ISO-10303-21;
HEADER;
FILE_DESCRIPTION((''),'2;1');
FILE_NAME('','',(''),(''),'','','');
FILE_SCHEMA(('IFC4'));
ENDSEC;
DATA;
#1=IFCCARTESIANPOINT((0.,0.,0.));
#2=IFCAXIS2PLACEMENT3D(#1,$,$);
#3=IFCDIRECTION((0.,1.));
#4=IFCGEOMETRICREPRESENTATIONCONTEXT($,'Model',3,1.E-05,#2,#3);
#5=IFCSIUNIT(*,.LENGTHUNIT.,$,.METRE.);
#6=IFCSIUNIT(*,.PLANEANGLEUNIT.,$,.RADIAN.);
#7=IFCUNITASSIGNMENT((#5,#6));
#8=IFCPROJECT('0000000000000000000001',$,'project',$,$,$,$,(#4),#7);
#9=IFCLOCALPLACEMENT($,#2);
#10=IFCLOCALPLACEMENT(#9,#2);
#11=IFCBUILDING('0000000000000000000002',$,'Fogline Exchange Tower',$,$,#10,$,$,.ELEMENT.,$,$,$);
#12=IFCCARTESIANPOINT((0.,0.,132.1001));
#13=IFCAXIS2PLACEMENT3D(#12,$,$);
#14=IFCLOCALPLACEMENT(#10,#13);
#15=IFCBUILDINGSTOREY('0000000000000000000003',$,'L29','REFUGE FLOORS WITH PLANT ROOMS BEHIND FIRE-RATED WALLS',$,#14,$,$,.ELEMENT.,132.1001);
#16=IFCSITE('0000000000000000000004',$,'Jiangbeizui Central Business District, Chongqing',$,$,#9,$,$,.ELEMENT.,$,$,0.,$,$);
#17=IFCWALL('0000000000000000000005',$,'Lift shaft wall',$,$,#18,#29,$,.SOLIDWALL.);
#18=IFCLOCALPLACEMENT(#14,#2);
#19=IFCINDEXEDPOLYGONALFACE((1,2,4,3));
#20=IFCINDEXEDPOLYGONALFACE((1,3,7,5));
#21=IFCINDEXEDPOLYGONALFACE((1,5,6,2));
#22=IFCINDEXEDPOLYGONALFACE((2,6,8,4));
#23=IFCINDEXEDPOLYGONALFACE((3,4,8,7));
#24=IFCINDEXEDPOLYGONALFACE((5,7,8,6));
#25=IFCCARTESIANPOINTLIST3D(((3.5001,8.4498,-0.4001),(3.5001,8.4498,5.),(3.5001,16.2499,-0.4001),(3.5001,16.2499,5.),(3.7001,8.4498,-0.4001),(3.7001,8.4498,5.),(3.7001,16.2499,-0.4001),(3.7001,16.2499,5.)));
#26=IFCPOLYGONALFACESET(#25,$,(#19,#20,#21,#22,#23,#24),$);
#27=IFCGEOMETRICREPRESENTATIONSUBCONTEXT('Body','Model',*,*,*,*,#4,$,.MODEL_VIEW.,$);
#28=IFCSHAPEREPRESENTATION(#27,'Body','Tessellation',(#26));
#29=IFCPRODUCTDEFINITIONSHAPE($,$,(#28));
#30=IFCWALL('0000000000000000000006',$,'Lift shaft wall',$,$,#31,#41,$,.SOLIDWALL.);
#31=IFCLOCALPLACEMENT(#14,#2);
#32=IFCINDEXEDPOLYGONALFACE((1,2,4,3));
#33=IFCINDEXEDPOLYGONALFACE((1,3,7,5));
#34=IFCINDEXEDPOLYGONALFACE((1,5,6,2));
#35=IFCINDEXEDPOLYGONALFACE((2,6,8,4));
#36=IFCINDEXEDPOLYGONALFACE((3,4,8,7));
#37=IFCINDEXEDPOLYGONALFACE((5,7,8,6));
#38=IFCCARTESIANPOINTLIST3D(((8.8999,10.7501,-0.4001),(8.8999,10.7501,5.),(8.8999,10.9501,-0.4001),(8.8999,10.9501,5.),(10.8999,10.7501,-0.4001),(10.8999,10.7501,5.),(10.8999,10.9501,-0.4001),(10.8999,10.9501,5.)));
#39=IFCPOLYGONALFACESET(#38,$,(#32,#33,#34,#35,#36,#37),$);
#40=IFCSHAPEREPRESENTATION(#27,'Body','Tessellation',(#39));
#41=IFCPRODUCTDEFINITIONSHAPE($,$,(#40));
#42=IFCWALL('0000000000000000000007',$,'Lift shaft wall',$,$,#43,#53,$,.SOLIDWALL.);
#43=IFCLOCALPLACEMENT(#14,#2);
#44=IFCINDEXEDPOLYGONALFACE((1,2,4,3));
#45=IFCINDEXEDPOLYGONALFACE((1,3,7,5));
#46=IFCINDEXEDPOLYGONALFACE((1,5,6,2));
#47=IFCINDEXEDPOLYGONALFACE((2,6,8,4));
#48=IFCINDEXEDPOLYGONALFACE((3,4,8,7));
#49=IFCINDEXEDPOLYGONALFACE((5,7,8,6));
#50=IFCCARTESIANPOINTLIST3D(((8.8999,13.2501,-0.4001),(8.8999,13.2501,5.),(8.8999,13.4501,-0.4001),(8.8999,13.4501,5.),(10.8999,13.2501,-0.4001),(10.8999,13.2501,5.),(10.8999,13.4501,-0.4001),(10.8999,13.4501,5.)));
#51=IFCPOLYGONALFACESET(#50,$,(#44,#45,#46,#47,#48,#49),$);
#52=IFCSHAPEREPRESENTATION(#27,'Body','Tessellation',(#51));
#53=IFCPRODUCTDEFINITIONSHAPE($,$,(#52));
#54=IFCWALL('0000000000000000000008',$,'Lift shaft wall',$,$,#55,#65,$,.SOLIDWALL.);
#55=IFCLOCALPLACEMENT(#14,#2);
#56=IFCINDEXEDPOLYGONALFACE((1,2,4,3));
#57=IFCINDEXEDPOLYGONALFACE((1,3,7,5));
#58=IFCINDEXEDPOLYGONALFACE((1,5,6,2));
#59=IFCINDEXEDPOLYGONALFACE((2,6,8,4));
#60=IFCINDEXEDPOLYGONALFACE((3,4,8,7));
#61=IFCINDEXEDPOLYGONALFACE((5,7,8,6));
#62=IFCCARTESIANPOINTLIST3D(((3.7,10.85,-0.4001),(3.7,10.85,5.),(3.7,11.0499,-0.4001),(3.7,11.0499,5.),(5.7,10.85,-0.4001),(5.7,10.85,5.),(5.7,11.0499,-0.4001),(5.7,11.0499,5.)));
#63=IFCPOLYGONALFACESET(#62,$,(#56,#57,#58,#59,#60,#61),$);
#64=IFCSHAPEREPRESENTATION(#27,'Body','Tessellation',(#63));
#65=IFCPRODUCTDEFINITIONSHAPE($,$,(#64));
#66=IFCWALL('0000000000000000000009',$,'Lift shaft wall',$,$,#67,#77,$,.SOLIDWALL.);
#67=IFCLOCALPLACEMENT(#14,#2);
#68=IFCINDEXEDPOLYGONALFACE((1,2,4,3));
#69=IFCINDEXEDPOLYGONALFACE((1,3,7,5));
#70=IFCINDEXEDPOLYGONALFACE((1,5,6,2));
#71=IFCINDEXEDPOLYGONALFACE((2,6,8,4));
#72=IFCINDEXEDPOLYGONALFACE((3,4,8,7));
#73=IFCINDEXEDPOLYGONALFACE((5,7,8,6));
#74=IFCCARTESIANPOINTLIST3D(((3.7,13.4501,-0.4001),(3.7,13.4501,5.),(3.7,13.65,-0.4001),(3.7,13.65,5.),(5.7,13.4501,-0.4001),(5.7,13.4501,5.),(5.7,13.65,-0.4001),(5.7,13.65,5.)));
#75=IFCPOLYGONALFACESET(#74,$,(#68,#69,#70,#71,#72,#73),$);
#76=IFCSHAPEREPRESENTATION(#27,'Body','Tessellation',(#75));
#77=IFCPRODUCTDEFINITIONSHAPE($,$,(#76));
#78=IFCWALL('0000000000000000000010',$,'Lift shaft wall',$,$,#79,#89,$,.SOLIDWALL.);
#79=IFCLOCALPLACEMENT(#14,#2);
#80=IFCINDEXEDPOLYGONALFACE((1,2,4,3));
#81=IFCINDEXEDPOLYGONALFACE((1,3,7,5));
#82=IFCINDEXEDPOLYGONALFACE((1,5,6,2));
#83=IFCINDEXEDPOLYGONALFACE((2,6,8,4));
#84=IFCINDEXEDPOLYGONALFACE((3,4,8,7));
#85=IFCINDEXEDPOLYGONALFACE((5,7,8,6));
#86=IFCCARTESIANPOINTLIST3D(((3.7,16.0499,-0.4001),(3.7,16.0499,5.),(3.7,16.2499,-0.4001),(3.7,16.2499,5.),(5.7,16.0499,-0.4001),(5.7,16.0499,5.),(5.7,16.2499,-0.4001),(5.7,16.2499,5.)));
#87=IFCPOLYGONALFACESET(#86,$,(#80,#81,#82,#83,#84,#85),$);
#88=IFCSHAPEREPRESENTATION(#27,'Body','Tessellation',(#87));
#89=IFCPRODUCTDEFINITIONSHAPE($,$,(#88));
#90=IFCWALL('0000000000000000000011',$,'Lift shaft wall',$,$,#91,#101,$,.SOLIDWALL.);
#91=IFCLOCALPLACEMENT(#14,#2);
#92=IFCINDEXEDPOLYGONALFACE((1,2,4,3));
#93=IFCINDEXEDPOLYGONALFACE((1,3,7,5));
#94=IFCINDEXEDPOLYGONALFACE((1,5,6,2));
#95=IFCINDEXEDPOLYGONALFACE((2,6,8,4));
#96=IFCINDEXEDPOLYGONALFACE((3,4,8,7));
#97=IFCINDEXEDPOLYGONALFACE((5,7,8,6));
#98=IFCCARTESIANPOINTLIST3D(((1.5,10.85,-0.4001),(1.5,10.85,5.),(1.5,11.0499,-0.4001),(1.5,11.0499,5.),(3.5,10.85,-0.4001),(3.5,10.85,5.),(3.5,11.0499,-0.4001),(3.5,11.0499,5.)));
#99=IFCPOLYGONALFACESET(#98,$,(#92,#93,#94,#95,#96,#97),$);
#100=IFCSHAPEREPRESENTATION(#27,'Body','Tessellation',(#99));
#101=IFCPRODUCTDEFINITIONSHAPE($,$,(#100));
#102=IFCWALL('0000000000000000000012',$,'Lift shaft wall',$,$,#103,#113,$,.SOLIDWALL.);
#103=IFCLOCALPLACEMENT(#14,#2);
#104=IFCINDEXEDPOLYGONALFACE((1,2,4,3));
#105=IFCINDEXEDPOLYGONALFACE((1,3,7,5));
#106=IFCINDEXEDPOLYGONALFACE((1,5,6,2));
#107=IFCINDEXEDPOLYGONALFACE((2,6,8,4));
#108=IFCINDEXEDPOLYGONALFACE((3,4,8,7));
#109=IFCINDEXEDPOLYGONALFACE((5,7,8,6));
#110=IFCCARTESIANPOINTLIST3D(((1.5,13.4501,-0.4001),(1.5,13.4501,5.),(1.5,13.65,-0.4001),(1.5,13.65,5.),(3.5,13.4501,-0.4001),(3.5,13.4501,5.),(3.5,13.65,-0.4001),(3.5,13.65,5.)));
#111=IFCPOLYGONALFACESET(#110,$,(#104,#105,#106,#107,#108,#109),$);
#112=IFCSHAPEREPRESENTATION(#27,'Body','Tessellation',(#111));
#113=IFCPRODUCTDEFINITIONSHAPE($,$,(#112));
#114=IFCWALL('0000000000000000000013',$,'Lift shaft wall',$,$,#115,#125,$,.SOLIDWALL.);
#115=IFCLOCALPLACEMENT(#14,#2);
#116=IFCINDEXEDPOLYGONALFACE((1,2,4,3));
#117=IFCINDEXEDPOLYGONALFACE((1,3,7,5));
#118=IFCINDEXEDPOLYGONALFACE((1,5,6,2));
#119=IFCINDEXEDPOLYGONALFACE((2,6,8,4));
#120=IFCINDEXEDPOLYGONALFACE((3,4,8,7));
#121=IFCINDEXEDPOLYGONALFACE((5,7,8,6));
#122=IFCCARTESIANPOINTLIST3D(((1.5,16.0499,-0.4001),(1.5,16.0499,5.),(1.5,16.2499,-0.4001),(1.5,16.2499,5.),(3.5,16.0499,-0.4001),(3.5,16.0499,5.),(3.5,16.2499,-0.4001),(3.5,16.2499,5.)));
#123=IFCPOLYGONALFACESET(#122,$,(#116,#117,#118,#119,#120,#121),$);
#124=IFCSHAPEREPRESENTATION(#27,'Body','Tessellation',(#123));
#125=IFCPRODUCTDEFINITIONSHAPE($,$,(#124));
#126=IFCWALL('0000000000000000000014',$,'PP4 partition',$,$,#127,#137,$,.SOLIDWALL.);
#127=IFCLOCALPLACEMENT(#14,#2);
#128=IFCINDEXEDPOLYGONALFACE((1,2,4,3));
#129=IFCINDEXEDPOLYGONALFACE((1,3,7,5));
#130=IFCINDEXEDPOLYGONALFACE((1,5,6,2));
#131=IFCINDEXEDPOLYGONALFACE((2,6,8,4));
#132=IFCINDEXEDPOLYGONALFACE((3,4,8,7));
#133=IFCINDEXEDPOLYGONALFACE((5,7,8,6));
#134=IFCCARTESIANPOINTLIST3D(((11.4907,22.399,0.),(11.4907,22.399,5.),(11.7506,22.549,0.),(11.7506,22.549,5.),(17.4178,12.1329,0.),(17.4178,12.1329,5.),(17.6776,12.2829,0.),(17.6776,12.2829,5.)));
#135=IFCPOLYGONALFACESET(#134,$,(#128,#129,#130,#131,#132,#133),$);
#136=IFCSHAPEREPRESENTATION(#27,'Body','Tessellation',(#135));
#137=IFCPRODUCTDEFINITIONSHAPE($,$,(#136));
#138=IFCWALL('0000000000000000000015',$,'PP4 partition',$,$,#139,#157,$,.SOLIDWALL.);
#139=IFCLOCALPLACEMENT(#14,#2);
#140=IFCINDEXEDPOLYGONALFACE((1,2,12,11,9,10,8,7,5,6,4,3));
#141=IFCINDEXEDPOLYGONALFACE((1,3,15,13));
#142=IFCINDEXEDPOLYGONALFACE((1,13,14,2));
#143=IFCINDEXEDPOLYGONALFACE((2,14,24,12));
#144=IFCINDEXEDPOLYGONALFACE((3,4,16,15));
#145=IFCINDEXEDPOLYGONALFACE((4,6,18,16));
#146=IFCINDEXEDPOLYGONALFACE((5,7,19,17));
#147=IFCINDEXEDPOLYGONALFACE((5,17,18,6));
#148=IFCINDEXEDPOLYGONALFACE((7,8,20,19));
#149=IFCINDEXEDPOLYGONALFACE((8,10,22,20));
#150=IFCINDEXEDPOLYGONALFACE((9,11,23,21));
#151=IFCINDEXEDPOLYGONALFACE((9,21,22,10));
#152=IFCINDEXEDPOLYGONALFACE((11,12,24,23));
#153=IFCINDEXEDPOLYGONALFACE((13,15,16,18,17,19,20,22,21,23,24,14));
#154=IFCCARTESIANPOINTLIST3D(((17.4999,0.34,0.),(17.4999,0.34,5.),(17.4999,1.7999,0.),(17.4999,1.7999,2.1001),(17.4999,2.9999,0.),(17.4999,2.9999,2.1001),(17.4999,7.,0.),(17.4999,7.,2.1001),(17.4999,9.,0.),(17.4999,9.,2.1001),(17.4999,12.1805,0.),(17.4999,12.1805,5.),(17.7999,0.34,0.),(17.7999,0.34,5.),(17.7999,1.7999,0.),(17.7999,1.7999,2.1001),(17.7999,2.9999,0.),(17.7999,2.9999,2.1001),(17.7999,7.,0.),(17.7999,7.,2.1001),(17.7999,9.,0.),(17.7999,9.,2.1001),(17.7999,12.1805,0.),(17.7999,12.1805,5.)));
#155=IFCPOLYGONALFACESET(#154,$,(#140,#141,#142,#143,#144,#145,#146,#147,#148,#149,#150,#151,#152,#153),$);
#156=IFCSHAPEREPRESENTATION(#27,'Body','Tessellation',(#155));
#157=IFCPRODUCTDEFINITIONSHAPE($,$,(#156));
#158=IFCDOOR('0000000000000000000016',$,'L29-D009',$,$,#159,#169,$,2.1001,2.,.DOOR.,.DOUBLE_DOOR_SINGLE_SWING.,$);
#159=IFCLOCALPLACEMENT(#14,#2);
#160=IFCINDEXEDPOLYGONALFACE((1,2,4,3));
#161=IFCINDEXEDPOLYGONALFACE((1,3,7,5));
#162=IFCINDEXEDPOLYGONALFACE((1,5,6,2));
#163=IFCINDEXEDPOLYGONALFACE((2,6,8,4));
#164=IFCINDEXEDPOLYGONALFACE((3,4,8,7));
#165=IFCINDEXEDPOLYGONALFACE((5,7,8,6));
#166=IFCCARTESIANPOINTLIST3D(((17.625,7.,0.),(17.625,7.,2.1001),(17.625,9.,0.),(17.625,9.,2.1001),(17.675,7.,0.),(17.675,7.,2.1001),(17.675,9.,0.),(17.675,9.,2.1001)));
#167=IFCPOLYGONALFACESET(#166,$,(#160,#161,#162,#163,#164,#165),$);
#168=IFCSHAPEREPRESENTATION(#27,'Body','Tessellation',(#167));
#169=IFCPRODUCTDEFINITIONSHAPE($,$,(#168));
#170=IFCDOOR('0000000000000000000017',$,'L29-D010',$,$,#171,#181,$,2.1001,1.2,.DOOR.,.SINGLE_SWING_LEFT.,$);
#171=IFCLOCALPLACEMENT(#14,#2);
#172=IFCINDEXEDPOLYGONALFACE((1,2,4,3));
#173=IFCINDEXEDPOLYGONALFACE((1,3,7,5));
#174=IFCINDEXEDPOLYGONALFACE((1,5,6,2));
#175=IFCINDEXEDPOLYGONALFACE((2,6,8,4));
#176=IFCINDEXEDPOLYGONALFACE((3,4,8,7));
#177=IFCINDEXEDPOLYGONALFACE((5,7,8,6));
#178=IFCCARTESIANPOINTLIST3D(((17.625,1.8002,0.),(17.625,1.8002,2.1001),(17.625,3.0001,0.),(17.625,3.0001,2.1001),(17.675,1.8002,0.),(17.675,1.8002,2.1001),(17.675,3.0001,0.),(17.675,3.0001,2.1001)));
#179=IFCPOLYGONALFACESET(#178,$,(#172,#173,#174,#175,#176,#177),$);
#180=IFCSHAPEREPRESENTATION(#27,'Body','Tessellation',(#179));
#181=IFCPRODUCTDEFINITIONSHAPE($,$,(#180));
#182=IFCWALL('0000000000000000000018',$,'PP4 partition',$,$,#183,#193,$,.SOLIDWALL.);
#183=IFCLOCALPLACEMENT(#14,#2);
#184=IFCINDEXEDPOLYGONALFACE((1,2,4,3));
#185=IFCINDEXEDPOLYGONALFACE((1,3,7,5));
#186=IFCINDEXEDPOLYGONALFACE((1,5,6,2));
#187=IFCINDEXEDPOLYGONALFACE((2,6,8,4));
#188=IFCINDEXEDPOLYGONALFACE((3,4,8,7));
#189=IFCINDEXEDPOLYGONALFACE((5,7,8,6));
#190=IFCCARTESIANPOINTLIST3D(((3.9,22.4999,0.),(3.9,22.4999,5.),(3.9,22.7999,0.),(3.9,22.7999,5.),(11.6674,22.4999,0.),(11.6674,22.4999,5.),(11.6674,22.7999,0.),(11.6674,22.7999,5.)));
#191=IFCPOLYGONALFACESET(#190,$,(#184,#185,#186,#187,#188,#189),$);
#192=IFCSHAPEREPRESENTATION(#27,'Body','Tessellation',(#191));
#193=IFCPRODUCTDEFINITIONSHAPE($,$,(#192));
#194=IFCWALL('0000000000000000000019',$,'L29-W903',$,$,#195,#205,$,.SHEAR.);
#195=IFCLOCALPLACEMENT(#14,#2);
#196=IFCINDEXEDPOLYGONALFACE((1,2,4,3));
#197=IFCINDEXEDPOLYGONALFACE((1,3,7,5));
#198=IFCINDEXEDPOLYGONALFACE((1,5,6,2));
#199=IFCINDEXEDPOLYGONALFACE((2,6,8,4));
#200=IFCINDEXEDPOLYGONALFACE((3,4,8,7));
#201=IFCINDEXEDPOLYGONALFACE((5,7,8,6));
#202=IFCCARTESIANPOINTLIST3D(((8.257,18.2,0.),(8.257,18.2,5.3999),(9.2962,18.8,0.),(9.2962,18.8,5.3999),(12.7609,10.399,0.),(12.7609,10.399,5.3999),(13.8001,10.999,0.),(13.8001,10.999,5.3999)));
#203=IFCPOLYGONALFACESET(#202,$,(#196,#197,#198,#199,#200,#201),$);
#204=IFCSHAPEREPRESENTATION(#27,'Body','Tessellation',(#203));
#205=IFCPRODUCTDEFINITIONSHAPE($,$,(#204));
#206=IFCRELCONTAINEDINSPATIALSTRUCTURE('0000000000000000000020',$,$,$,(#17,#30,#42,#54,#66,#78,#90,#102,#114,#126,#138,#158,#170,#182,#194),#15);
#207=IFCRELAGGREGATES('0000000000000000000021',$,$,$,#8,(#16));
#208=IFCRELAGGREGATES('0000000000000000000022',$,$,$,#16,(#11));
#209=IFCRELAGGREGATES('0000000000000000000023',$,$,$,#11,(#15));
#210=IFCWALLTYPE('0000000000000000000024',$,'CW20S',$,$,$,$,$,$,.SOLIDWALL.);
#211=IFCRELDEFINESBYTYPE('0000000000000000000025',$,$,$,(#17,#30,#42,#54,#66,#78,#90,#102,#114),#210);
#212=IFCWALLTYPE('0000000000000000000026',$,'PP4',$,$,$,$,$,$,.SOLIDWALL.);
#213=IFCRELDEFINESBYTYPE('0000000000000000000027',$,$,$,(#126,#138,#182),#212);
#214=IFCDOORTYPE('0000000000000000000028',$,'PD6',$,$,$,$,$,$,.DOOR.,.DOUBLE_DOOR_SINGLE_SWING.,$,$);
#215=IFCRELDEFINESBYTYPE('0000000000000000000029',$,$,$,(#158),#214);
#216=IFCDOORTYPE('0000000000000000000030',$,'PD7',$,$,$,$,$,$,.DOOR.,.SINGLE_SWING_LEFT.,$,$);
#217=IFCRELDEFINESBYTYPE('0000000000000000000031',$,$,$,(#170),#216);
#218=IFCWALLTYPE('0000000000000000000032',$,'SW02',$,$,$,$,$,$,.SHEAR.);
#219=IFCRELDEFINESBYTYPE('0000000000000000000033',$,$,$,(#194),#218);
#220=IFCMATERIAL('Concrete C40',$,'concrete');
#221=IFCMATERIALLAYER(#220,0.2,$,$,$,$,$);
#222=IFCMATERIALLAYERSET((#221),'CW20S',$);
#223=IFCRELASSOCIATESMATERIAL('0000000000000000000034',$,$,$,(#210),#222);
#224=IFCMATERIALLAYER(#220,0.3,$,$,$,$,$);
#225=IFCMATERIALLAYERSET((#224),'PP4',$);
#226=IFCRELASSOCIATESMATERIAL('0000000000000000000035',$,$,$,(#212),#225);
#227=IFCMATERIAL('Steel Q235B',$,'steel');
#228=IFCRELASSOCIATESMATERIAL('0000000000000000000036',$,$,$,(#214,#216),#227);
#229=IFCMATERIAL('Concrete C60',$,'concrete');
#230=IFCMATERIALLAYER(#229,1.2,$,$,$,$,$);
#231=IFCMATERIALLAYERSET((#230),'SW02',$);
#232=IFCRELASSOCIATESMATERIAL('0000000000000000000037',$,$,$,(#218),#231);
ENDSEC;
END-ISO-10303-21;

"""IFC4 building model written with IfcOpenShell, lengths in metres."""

from ifc_helpers import new_model, si_unit, direction, frame, frame_2d, origin, place, context, subcontext, project, spatial, rectangle, extrude, material, layer, layer_set, type_object, element, fill, save


model = new_model("IFC4")

# Units and contexts
model_context = context("Model", 3, precision=1e-05, world=origin(), true_north=direction((0.0, 1.0)))
body_context = subcontext(model_context, "Body", "Model", "MODEL_VIEW")
ifc_project = project(units=[si_unit("LENGTHUNIT", "METRE"), si_unit("PLANEANGLEUNIT", "RADIAN")], contexts=[model_context])

# Site, building, storey
site_placement = place(None, origin())
site = spatial("IfcSite", under=ifc_project, at=site_placement, Name="Jiangbeizui Central Business District, Chongqing", CompositionType="ELEMENT", RefElevation=0.0)
building_placement = place(site_placement, origin())
building = spatial("IfcBuilding", under=site, at=building_placement, Name="Fogline Exchange Tower", CompositionType="ELEMENT")
storey_placement = place(building_placement, frame((0.0, 0.0, 132.1001)))
storey = spatial("IfcBuildingStorey", under=building, at=storey_placement, Name="L29", Description="REFUGE FLOORS WITH PLANT ROOMS BEHIND FIRE-RATED WALLS", CompositionType="ELEMENT", Elevation=132.1001)

# Shared definitions
ifc_material_1 = material(Name="Concrete C40", Category="concrete")

# Walls
ifc_layer_1 = layer(ifc_material_1, 0.2)
ifc_layer_set_1 = layer_set([ifc_layer_1], Name="CW20S")
wall_type_1 = type_object("IfcWallType", Name="CW20S", PredefinedType="SOLIDWALL", material=ifc_layer_set_1)
wall_1_placement = place(storey_placement, frame((3.6001, 8.45, -0.4001), z_axis=(0.0, 0.0, 1.0), x_axis=(0.0, 1.0, 0.0)))
element("IfcWall", 1, at=wall_1_placement, inside=storey, type_object=wall_type_1, Name="Lift shaft wall", PredefinedType="SOLIDWALL", context=body_context, shape_type="SweptSolid", body=[
    extrude(rectangle(XDim=7.8, YDim=0.2, at=frame_2d((3.8999, 0.0))), origin(), (0.0, 0.0, 1.0), 5.4001),
])
for number, where, z_axis, x_axis, name in (
    (2, (8.8999, 10.8501, -0.4001), (0.0, 0.0, 1.0), (1.0, 0.0, 0.0), "Lift shaft wall"),
    (3, (8.8999, 13.3501, -0.4001), (0.0, 0.0, 1.0), (1.0, 0.0, 0.0), "Lift shaft wall"),
    (4, (3.7, 10.95, -0.4001), (0.0, 0.0, 1.0), (1.0, 0.0, 0.0), "Lift shaft wall"),
    (5, (3.7, 13.55, -0.4001), (0.0, 0.0, 1.0), (1.0, 0.0, 0.0), "Lift shaft wall"),
    (6, (3.7, 16.1499, -0.4001), (0.0, 0.0, 1.0), (1.0, 0.0, 0.0), "Lift shaft wall"),
    (7, (1.5, 10.95, -0.4001), (0.0, 0.0, 1.0), (1.0, 0.0, 0.0), "Lift shaft wall"),
    (8, (1.5, 13.55, -0.4001), (0.0, 0.0, 1.0), (1.0, 0.0, 0.0), "Lift shaft wall"),
    (9, (1.5, 16.1499, -0.4001), (0.0, 0.0, 1.0), (1.0, 0.0, 0.0), "Lift shaft wall"),
):
    element("IfcWall", number, at=place(storey_placement, frame(where, z_axis=z_axis, x_axis=x_axis)), inside=storey, type_object=wall_type_1, Name=name, PredefinedType="SOLIDWALL", context=body_context, shape_type="SweptSolid", body=[
        extrude(rectangle(XDim=2.0, YDim=0.2, at=frame_2d((1.0, 0.0))), origin(), (0.0, 0.0, 1.0), 5.4001),
    ])
ifc_layer_2 = layer(ifc_material_1, 0.3)
ifc_layer_set_2 = layer_set([ifc_layer_2], Name="PP4")
wall_type_2 = type_object("IfcWallType", Name="PP4", PredefinedType="SOLIDWALL", material=ifc_layer_set_2)
wall_2_placement = place(storey_placement, frame((11.6206, 22.4741, 0.0), z_axis=(0.0, 0.0, 1.0), x_axis=(0.499991, -0.866031, 0.0)))
element("IfcWall", 10, at=wall_2_placement, inside=storey, type_object=wall_type_2, Name="PP4 partition", PredefinedType="SOLIDWALL", context=body_context, shape_type="SweptSolid", body=[
    extrude(rectangle(XDim=11.8542, YDim=0.3, at=frame_2d((5.9272, 0.0))), origin(), (0.0, 0.0, 1.0), 5.0),
])

# Wall, openings, doors
wall_3_placement = place(storey_placement, frame((17.6499, 12.1807, 0.0), z_axis=(0.0, 0.0, 1.0), x_axis=(0.0, -1.0, 0.0)))
wall_3 = element("IfcWall", 11, at=wall_3_placement, inside=storey, type_object=wall_type_2, Name="PP4 partition", PredefinedType="SOLIDWALL", context=body_context, shape_type="SweptSolid", body=[
    extrude(rectangle(XDim=11.8406, YDim=0.3, at=frame_2d((5.9204, 0.0))), origin(), (0.0, 0.0, 1.0), 5.0),
])
opening_1_placement = place(wall_3_placement, frame((3.1807, 0.0, 0.0)))
opening_1 = element("IfcOpeningElement", 12, at=opening_1_placement, cuts=wall_3, PredefinedType="OPENING", context=body_context, shape_type="SweptSolid", body=[
    extrude(rectangle(XDim=2.0, YDim=2.1001, at=frame_2d((1.0, 1.05))), frame((0.0, 0.1602, 0.0), z_axis=(0.0, -1.0, 0.0), x_axis=(1.0, 0.0, 0.0)), (0.0, 0.0, 1.0), 0.3201),
])
opening_2_placement = place(wall_3_placement, frame((9.1807, 0.0, 0.0)))
opening_2 = element("IfcOpeningElement", 13, at=opening_2_placement, cuts=wall_3, PredefinedType="OPENING", context=body_context, shape_type="SweptSolid", body=[
    extrude(rectangle(XDim=1.2, YDim=2.1001, at=frame_2d((0.6001, 1.05))), frame((0.0, 0.1602, 0.0), z_axis=(0.0, -1.0, 0.0), x_axis=(1.0, 0.0, 0.0)), (0.0, 0.0, 1.0), 0.3201),
])
ifc_material_2 = material(Name="Steel Q235B", Category="steel")
door_type_1 = type_object("IfcDoorType", Name="PD6", OperationType="DOUBLE_DOOR_SINGLE_SWING", PredefinedType="DOOR", material=ifc_material_2)
door_1_placement = place(opening_1_placement, frame((2.0, 0.0, 0.0), z_axis=(0.0, 0.0, 1.0), x_axis=(-1.0, 0.0, 0.0)))
door_1 = element("IfcDoor", 14, at=door_1_placement, inside=storey, type_object=door_type_1, Name="L29-D009", OperationType="DOUBLE_DOOR_SINGLE_SWING", OverallHeight=2.1001, OverallWidth=2.0, PredefinedType="DOOR", context=body_context, shape_type="SweptSolid", body=[
    extrude(rectangle(XDim=2.0, YDim=2.1001, at=frame_2d((1.0, 1.05))), frame((0.0, 0.0249, 0.0), z_axis=(0.0, -1.0, 0.0), x_axis=(1.0, 0.0, 0.0)), (0.0, 0.0, 1.0), 0.05),
])
fill(opening_1, door_1)
door_type_2 = type_object("IfcDoorType", Name="PD7", OperationType="SINGLE_SWING_LEFT", PredefinedType="DOOR", material=ifc_material_2)
door_2_placement = place(opening_2_placement, frame((1.2, 0.0, 0.0), z_axis=(0.0, 0.0, 1.0), x_axis=(-1.0, 0.0, 0.0)))
door_2 = element("IfcDoor", 15, at=door_2_placement, inside=storey, type_object=door_type_2, Name="L29-D010", OperationType="SINGLE_SWING_LEFT", OverallHeight=2.1001, OverallWidth=1.2, PredefinedType="DOOR", context=body_context, shape_type="SweptSolid", body=[
    extrude(rectangle(XDim=1.2, YDim=2.1001, at=frame_2d((0.6001, 1.05))), frame((0.0, 0.0249, 0.0), z_axis=(0.0, -1.0, 0.0), x_axis=(1.0, 0.0, 0.0)), (0.0, 0.0, 1.0), 0.05),
])
fill(opening_2, door_2)

# Walls
wall_4_placement = place(storey_placement, frame((3.8999, 22.6499, 0.0), z_axis=(0.0, 0.0, 1.0), x_axis=(1.0, 0.0, 0.0)))
element("IfcWall", 16, at=wall_4_placement, inside=storey, type_object=wall_type_2, Name="PP4 partition", PredefinedType="SOLIDWALL", context=body_context, shape_type="SweptSolid", body=[
    extrude(rectangle(XDim=7.7673, YDim=0.3, at=frame_2d((3.8838, 0.0))), origin(), (0.0, 0.0, 1.0), 5.0),
])
ifc_material_3 = material(Name="Concrete C60", Category="concrete")
ifc_layer_3 = layer(ifc_material_3, 1.2)
ifc_layer_set_3 = layer_set([ifc_layer_3], Name="SW02")
wall_type_3 = type_object("IfcWallType", Name="SW02", PredefinedType="SHEAR", material=ifc_layer_set_3)
wall_5_placement = place(storey_placement, frame((13.2805, 10.699, 0.0), z_axis=(0.0, 0.0, 1.0), x_axis=(-0.499999, 0.866026, 0.0)))
element("IfcWall", 17, at=wall_5_placement, inside=storey, type_object=wall_type_3, Name="L29-W903", PredefinedType="SHEAR", context=body_context, shape_type="SweptSolid", body=[
    extrude(rectangle(XDim=9.0078, YDim=1.2, at=frame_2d((4.5039, 0.0))), origin(), (0.0, 0.0, 1.0), 5.3999),
])

save(model, "model.ifc")
